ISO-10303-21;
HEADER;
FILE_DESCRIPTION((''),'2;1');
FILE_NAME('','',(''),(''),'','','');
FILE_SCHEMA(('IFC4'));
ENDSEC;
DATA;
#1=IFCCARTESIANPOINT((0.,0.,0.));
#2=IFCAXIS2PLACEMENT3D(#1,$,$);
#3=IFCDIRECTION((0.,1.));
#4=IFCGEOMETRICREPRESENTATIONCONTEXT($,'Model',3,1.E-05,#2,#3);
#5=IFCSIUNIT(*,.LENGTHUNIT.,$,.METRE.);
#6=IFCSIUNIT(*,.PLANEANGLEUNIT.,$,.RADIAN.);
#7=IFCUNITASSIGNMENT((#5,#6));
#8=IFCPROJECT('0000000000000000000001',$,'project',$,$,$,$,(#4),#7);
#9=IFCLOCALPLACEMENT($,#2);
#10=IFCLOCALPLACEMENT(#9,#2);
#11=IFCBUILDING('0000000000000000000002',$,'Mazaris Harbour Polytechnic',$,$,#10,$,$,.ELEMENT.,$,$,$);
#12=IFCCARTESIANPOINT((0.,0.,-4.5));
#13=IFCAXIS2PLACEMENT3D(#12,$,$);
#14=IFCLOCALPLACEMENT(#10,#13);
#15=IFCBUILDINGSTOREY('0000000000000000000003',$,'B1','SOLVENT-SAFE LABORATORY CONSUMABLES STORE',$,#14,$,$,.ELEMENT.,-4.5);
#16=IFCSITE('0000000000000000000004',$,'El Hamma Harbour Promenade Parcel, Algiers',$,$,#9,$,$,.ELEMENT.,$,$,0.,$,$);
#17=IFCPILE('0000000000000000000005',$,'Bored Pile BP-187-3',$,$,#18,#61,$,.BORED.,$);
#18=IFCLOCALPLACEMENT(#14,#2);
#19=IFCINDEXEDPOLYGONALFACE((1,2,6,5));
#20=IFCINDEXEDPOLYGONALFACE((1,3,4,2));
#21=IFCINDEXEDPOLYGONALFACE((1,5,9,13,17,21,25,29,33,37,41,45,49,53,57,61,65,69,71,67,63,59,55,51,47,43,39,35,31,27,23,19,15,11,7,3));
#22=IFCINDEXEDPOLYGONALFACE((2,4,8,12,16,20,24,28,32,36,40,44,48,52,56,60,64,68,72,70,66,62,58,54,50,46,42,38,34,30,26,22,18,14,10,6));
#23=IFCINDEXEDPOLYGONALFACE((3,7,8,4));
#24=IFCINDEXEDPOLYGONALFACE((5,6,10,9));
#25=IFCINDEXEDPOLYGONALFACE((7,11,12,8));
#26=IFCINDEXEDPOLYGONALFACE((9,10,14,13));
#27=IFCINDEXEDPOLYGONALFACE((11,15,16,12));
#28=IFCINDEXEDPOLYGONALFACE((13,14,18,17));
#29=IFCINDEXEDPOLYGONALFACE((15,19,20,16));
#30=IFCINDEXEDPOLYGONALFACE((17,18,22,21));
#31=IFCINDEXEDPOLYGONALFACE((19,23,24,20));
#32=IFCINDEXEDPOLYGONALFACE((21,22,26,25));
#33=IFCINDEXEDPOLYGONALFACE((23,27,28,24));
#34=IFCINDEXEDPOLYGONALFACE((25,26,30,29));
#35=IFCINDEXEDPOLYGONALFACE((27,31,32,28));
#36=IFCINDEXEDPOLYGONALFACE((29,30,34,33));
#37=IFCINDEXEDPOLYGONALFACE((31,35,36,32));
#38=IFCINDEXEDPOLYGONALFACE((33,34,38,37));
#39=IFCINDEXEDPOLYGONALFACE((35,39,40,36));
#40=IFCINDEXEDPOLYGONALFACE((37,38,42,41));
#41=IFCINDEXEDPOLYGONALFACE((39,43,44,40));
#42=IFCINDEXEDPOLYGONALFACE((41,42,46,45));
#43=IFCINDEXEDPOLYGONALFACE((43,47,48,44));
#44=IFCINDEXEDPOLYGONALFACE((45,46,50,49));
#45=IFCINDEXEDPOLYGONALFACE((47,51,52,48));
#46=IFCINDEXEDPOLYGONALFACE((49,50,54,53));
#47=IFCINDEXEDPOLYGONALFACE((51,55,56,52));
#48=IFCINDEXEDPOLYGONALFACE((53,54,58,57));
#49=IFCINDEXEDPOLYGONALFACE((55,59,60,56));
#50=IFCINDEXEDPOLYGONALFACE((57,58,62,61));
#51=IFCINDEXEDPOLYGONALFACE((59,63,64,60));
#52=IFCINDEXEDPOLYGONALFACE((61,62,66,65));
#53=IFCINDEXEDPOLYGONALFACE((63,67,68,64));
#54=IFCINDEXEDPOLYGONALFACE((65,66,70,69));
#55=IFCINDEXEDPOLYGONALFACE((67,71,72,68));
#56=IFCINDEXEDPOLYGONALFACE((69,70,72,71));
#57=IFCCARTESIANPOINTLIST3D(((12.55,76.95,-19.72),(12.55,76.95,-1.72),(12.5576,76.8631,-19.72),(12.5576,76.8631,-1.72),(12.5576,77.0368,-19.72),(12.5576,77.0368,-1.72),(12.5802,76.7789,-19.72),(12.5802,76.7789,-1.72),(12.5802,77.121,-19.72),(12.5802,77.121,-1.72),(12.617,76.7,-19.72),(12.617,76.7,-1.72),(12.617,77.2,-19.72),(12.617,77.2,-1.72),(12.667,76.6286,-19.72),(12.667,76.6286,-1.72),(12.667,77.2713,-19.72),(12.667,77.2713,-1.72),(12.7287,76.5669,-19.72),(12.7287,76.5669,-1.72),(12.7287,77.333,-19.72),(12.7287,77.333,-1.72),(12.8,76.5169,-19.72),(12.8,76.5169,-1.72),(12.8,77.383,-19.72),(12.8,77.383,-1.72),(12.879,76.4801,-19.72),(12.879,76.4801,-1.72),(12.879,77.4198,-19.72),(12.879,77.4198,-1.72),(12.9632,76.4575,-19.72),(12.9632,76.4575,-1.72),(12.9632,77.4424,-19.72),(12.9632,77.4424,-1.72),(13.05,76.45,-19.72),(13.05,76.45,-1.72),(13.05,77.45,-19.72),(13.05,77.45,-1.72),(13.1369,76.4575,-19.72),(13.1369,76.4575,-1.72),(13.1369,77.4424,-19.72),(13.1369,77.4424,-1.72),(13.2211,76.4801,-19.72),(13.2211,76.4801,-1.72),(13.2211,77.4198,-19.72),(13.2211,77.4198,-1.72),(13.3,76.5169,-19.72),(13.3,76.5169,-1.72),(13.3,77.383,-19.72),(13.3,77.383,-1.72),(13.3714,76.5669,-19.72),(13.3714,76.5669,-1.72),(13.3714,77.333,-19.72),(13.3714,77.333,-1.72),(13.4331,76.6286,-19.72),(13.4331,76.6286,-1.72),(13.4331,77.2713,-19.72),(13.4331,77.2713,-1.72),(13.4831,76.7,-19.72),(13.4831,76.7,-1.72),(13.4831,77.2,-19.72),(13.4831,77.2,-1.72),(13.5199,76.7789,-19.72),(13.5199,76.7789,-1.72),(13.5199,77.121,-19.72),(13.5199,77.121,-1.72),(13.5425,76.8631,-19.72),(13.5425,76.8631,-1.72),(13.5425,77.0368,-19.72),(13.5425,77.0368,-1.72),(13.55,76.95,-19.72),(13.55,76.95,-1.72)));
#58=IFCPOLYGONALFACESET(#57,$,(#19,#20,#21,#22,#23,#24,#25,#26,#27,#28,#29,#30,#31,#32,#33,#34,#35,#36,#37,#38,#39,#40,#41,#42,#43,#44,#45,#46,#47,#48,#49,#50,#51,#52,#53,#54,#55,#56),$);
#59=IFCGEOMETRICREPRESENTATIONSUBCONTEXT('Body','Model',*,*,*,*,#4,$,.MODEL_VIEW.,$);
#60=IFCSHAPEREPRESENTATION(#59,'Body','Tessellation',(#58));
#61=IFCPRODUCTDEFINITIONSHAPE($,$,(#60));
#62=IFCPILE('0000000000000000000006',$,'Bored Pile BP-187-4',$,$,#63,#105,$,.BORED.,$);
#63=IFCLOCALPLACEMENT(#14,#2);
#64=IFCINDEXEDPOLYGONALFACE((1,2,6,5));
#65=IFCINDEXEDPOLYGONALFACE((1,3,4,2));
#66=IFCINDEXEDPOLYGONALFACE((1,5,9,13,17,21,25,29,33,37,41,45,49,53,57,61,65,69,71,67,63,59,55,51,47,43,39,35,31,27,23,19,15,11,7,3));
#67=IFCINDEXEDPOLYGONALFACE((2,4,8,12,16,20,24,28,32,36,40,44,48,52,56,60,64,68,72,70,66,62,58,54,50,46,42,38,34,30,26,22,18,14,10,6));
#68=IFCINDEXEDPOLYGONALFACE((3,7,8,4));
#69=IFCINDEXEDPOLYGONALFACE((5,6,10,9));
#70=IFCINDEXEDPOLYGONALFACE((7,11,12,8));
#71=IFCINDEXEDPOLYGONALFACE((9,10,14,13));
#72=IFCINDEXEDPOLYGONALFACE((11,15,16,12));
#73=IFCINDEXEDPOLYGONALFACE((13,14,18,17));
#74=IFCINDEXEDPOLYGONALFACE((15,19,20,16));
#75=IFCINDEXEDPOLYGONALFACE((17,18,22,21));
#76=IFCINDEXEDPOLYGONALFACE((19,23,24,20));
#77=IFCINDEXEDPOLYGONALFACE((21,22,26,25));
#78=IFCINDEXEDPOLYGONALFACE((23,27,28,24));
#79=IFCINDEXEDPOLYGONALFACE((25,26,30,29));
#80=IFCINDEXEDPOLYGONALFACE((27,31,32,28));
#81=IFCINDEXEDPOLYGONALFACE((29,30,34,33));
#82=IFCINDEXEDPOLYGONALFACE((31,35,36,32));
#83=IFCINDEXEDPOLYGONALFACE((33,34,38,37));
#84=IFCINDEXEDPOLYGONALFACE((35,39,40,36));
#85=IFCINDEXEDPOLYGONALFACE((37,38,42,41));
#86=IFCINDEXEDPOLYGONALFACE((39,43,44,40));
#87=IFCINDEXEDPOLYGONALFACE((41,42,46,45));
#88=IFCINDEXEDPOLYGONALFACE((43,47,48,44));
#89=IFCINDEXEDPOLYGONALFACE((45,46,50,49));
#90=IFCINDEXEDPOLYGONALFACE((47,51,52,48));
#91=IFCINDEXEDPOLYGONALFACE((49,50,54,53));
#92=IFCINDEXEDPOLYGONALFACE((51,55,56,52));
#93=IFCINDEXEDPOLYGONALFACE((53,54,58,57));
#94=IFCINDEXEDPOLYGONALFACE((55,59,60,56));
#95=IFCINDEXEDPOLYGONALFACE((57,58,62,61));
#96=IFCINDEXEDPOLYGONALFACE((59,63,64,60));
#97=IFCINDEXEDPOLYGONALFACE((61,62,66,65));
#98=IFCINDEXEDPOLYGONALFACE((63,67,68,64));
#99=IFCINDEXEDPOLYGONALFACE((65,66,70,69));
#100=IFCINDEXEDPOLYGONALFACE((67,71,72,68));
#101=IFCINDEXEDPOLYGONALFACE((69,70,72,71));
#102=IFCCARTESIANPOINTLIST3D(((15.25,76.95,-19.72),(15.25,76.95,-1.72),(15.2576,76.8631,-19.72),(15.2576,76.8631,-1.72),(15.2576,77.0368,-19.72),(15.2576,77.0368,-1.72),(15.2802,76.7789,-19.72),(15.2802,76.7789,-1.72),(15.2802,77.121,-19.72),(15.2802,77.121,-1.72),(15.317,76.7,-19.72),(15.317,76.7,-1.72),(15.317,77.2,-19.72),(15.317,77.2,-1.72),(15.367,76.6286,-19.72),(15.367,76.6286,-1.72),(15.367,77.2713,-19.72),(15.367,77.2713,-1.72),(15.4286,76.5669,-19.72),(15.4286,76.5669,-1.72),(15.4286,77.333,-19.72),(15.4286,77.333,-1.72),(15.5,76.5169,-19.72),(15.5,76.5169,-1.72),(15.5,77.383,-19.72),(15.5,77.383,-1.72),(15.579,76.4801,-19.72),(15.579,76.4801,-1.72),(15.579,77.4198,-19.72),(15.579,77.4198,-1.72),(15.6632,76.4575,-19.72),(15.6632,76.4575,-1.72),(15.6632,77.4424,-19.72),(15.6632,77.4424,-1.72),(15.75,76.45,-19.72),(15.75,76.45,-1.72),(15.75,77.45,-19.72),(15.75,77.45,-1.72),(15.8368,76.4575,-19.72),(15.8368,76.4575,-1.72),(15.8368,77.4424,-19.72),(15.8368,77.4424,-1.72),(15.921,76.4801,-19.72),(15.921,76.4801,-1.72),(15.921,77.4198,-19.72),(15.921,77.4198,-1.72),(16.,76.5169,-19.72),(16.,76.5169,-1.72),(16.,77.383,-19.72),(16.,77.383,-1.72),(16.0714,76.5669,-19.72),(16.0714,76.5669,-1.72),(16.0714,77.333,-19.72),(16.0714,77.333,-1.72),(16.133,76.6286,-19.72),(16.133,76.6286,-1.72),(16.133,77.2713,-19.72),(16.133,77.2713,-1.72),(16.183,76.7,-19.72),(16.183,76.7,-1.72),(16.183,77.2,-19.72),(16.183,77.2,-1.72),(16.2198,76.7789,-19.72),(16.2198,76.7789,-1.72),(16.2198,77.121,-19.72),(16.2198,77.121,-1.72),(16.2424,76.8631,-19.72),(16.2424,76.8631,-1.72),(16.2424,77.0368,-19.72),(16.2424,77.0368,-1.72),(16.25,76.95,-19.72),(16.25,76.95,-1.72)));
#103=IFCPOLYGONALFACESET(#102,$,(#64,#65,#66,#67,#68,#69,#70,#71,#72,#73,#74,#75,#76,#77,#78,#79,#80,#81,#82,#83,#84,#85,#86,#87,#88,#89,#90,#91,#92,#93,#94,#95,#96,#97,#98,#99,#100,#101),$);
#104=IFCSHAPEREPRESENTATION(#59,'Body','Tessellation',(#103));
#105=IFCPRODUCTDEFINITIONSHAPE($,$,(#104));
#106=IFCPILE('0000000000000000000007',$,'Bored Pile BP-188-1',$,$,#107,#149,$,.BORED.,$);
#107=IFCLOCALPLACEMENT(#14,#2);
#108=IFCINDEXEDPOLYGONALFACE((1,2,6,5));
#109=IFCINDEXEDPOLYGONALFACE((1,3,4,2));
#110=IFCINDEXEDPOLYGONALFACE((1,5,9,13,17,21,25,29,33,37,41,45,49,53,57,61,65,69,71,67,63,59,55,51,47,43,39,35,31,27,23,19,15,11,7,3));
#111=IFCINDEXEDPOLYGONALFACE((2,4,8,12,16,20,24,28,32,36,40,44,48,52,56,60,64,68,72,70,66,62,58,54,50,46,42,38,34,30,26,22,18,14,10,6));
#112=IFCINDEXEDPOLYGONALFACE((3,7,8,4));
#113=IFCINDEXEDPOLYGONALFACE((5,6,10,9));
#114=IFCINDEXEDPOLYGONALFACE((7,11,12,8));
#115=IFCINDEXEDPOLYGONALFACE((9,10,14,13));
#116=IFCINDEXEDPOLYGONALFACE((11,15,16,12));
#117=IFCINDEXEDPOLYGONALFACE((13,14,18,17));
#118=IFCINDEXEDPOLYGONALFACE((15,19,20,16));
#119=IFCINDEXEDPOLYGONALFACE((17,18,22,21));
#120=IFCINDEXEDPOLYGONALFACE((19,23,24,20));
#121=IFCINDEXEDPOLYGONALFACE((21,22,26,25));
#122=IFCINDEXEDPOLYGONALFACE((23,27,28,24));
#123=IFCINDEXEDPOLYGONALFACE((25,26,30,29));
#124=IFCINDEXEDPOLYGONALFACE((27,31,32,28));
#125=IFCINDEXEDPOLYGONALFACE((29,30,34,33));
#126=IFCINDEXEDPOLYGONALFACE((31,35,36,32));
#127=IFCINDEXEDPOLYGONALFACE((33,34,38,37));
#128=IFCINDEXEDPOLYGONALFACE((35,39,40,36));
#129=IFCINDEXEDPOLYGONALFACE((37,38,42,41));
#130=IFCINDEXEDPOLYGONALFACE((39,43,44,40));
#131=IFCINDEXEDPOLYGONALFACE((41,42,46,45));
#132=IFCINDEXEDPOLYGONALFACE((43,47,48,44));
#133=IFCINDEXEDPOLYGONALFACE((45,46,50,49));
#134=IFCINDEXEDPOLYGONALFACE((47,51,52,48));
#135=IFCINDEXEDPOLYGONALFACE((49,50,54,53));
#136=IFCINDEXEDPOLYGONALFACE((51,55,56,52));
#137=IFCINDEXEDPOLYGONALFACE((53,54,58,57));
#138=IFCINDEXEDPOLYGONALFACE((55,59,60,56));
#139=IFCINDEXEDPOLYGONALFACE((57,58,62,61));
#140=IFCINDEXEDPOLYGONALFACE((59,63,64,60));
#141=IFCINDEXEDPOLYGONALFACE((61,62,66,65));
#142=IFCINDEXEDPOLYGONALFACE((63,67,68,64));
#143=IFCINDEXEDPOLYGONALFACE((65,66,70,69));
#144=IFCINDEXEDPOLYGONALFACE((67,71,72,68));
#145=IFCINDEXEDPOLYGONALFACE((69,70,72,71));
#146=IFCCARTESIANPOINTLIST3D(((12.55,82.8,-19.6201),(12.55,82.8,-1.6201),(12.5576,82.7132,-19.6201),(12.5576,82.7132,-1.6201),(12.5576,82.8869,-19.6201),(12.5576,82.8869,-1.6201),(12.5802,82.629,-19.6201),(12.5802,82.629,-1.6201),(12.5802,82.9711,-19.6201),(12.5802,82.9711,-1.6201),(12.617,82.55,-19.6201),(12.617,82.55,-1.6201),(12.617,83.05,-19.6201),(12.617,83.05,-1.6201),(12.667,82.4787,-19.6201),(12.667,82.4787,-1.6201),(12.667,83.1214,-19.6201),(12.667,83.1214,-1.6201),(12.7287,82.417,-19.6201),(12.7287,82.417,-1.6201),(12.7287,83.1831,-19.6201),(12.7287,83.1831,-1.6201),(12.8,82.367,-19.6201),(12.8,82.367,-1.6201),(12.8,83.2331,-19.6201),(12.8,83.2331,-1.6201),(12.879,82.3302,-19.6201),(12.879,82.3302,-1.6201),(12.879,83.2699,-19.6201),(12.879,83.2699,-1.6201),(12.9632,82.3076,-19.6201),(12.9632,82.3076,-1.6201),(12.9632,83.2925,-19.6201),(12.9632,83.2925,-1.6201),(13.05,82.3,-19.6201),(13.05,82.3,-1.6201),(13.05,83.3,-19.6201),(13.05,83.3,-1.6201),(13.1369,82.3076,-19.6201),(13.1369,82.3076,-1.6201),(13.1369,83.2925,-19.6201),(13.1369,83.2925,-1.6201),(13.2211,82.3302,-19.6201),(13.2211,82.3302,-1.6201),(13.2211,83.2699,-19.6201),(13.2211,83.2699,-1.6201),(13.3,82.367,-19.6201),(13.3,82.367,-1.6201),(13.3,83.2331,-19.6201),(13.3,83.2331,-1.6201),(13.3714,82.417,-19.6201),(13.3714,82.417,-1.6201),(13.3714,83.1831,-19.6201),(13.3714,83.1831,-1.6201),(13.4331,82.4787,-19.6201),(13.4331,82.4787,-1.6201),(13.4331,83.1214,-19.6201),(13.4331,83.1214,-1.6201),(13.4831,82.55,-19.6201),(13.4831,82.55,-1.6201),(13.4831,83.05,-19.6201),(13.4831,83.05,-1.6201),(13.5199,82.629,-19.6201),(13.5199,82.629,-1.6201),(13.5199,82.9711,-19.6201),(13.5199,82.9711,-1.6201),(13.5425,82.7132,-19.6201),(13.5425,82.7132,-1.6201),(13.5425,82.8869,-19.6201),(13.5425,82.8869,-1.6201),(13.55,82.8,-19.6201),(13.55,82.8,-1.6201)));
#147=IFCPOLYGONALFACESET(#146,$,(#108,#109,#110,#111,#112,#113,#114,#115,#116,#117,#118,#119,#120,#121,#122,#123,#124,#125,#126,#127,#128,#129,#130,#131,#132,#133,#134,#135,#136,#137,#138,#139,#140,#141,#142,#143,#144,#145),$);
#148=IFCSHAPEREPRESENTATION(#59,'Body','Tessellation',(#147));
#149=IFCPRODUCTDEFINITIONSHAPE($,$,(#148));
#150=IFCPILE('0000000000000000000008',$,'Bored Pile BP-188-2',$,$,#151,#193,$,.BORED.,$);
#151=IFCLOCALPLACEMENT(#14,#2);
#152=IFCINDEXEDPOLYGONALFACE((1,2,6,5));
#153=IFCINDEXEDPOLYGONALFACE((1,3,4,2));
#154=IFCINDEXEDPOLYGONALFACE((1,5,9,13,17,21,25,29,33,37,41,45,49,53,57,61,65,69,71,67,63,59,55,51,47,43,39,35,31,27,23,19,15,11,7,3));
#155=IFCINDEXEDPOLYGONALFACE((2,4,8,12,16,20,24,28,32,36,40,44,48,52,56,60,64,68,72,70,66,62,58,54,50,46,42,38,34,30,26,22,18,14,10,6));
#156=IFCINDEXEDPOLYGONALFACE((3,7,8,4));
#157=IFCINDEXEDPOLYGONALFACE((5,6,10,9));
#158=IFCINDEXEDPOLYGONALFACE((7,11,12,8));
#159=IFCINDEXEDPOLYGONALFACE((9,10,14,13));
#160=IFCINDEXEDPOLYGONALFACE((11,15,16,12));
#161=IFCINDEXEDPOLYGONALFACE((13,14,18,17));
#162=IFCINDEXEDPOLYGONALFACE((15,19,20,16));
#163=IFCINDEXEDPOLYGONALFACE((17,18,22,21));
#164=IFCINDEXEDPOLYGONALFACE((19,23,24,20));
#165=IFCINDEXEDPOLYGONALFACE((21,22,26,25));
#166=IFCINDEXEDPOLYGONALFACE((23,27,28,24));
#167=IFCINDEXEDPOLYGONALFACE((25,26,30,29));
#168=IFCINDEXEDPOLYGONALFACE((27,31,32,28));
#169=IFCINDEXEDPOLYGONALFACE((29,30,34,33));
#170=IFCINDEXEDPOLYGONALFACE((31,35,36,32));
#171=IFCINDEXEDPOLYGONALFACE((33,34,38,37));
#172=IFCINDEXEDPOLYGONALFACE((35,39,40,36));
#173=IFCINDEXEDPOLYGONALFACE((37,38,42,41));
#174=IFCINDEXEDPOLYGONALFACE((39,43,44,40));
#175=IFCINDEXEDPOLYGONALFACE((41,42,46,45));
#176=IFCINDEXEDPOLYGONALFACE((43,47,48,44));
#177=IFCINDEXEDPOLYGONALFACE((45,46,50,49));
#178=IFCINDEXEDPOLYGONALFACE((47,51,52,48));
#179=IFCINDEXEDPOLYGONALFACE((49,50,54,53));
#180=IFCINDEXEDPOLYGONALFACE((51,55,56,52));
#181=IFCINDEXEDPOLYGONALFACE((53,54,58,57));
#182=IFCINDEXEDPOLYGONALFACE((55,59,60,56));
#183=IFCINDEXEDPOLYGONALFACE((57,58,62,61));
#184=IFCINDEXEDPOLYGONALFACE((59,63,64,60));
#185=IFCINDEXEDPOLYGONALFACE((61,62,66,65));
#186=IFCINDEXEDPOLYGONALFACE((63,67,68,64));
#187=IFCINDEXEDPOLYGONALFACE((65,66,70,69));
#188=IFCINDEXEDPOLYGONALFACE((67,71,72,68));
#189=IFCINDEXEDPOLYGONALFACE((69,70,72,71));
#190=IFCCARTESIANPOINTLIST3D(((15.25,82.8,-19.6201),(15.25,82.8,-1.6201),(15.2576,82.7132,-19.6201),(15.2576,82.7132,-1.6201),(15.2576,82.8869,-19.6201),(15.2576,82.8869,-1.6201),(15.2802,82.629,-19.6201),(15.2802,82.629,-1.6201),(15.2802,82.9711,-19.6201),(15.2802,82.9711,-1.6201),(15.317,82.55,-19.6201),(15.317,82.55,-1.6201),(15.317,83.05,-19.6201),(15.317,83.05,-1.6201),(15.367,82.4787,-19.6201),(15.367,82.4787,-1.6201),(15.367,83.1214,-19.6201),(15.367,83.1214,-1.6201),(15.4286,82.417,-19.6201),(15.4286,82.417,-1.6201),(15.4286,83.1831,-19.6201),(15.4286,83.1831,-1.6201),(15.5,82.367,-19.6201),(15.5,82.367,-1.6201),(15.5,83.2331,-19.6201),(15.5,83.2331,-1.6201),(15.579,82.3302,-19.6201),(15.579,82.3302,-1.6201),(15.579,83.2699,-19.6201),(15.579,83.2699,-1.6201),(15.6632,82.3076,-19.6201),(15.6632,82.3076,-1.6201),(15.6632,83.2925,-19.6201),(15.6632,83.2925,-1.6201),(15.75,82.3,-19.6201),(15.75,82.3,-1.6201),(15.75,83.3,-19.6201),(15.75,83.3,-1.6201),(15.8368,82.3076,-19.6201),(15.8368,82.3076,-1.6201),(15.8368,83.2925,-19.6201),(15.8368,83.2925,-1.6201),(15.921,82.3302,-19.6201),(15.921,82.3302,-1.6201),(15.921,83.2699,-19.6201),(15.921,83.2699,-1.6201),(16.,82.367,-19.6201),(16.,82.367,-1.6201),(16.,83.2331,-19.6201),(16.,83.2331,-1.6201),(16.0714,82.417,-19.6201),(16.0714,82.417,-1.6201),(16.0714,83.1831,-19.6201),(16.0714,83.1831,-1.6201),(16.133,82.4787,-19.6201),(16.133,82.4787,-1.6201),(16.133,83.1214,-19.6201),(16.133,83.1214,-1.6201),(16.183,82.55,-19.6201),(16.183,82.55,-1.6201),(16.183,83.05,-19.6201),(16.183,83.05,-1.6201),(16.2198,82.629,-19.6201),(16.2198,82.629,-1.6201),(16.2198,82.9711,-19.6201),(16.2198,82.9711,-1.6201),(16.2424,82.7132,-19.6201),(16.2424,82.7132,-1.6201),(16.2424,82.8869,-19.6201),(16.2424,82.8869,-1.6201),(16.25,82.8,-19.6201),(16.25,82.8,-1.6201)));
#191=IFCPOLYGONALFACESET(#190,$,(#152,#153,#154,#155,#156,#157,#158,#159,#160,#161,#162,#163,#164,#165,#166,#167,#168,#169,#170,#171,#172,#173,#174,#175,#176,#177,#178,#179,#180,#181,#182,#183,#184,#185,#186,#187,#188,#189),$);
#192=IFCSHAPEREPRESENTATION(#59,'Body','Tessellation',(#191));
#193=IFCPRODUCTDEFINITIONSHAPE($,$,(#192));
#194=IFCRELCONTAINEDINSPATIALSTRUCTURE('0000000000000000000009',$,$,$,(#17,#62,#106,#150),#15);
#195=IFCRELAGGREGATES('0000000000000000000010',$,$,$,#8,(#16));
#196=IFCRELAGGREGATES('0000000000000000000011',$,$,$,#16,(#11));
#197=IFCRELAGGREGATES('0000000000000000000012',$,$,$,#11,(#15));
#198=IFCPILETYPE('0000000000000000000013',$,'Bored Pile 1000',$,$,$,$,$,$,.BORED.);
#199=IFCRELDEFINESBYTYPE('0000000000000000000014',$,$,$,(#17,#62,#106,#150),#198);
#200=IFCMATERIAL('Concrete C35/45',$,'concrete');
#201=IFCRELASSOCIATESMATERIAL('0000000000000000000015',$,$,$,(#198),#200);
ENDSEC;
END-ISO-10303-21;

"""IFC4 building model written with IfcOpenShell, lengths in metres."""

from ifc_helpers import new_model, si_unit, direction, frame, origin, origin_2d, place, context, subcontext, project, spatial, circle, extrude, material, material_profile, profile_set, type_object, element, save


model = new_model("IFC4")

# Units and contexts
model_context = context("Model", 3, precision=1e-05, world=origin(), true_north=direction((0.0, 1.0)))
body_context = subcontext(model_context, "Body", "Model", "MODEL_VIEW")
ifc_project = project(units=[si_unit("LENGTHUNIT", "METRE"), si_unit("PLANEANGLEUNIT", "RADIAN")], contexts=[model_context])

# Site, building, storey
site_placement = place(None, origin())
site = spatial("IfcSite", under=ifc_project, at=site_placement, Name="El Hamma Harbour Promenade Parcel, Algiers", CompositionType="ELEMENT", RefElevation=0.0)
building_placement = place(site_placement, origin())
building = spatial("IfcBuilding", under=site, at=building_placement, Name="Mazaris Harbour Polytechnic", CompositionType="ELEMENT")
storey_placement = place(building_placement, frame((0.0, 0.0, -4.5)))
storey = spatial("IfcBuildingStorey", under=building, at=storey_placement, Name="B1", Description="SOLVENT-SAFE LABORATORY CONSUMABLES STORE", CompositionType="ELEMENT", Elevation=-4.5)

# Piles
ifc_material_1 = material(Name="Concrete C35/45", Category="concrete")
ifc_material_profile_1 = material_profile(ifc_material_1, circle(Radius=0.5, at=origin_2d()), Name="DIA1000")
ifc_profile_set_1 = profile_set([ifc_material_profile_1], Name="Concrete C35/45")
pile_type_1 = type_object("IfcPileType", Name="Bored Pile 1000", PredefinedType="BORED", material=ifc_profile_set_1)
for number, where, z_axis, x_axis, name in (
    (1, (13.05, 76.95, -1.72), (0.0, 0.0, -1.0), (1.0, 0.0, 0.0), "Bored Pile BP-187-3"),
    (2, (15.75, 76.95, -1.72), (0.0, 0.0, -1.0), (1.0, 0.0, 0.0), "Bored Pile BP-187-4"),
    (3, (13.05, 82.8, -1.6201), (0.0, 0.0, -1.0), (1.0, 0.0, 0.0), "Bored Pile BP-188-1"),
    (4, (15.75, 82.8, -1.6201), (0.0, 0.0, -1.0), (1.0, 0.0, 0.0), "Bored Pile BP-188-2"),
):
    element("IfcPile", number, at=place(storey_placement, frame(where, z_axis=z_axis, x_axis=x_axis)), inside=storey, type_object=pile_type_1, Name=name, PredefinedType="BORED", context=body_context, shape_type="SweptSolid", body=[
        extrude(circle(Radius=0.5, at=origin_2d()), origin(), (0.0, 0.0, 1.0), 18.0),
    ])

save(model, "model.ifc")
